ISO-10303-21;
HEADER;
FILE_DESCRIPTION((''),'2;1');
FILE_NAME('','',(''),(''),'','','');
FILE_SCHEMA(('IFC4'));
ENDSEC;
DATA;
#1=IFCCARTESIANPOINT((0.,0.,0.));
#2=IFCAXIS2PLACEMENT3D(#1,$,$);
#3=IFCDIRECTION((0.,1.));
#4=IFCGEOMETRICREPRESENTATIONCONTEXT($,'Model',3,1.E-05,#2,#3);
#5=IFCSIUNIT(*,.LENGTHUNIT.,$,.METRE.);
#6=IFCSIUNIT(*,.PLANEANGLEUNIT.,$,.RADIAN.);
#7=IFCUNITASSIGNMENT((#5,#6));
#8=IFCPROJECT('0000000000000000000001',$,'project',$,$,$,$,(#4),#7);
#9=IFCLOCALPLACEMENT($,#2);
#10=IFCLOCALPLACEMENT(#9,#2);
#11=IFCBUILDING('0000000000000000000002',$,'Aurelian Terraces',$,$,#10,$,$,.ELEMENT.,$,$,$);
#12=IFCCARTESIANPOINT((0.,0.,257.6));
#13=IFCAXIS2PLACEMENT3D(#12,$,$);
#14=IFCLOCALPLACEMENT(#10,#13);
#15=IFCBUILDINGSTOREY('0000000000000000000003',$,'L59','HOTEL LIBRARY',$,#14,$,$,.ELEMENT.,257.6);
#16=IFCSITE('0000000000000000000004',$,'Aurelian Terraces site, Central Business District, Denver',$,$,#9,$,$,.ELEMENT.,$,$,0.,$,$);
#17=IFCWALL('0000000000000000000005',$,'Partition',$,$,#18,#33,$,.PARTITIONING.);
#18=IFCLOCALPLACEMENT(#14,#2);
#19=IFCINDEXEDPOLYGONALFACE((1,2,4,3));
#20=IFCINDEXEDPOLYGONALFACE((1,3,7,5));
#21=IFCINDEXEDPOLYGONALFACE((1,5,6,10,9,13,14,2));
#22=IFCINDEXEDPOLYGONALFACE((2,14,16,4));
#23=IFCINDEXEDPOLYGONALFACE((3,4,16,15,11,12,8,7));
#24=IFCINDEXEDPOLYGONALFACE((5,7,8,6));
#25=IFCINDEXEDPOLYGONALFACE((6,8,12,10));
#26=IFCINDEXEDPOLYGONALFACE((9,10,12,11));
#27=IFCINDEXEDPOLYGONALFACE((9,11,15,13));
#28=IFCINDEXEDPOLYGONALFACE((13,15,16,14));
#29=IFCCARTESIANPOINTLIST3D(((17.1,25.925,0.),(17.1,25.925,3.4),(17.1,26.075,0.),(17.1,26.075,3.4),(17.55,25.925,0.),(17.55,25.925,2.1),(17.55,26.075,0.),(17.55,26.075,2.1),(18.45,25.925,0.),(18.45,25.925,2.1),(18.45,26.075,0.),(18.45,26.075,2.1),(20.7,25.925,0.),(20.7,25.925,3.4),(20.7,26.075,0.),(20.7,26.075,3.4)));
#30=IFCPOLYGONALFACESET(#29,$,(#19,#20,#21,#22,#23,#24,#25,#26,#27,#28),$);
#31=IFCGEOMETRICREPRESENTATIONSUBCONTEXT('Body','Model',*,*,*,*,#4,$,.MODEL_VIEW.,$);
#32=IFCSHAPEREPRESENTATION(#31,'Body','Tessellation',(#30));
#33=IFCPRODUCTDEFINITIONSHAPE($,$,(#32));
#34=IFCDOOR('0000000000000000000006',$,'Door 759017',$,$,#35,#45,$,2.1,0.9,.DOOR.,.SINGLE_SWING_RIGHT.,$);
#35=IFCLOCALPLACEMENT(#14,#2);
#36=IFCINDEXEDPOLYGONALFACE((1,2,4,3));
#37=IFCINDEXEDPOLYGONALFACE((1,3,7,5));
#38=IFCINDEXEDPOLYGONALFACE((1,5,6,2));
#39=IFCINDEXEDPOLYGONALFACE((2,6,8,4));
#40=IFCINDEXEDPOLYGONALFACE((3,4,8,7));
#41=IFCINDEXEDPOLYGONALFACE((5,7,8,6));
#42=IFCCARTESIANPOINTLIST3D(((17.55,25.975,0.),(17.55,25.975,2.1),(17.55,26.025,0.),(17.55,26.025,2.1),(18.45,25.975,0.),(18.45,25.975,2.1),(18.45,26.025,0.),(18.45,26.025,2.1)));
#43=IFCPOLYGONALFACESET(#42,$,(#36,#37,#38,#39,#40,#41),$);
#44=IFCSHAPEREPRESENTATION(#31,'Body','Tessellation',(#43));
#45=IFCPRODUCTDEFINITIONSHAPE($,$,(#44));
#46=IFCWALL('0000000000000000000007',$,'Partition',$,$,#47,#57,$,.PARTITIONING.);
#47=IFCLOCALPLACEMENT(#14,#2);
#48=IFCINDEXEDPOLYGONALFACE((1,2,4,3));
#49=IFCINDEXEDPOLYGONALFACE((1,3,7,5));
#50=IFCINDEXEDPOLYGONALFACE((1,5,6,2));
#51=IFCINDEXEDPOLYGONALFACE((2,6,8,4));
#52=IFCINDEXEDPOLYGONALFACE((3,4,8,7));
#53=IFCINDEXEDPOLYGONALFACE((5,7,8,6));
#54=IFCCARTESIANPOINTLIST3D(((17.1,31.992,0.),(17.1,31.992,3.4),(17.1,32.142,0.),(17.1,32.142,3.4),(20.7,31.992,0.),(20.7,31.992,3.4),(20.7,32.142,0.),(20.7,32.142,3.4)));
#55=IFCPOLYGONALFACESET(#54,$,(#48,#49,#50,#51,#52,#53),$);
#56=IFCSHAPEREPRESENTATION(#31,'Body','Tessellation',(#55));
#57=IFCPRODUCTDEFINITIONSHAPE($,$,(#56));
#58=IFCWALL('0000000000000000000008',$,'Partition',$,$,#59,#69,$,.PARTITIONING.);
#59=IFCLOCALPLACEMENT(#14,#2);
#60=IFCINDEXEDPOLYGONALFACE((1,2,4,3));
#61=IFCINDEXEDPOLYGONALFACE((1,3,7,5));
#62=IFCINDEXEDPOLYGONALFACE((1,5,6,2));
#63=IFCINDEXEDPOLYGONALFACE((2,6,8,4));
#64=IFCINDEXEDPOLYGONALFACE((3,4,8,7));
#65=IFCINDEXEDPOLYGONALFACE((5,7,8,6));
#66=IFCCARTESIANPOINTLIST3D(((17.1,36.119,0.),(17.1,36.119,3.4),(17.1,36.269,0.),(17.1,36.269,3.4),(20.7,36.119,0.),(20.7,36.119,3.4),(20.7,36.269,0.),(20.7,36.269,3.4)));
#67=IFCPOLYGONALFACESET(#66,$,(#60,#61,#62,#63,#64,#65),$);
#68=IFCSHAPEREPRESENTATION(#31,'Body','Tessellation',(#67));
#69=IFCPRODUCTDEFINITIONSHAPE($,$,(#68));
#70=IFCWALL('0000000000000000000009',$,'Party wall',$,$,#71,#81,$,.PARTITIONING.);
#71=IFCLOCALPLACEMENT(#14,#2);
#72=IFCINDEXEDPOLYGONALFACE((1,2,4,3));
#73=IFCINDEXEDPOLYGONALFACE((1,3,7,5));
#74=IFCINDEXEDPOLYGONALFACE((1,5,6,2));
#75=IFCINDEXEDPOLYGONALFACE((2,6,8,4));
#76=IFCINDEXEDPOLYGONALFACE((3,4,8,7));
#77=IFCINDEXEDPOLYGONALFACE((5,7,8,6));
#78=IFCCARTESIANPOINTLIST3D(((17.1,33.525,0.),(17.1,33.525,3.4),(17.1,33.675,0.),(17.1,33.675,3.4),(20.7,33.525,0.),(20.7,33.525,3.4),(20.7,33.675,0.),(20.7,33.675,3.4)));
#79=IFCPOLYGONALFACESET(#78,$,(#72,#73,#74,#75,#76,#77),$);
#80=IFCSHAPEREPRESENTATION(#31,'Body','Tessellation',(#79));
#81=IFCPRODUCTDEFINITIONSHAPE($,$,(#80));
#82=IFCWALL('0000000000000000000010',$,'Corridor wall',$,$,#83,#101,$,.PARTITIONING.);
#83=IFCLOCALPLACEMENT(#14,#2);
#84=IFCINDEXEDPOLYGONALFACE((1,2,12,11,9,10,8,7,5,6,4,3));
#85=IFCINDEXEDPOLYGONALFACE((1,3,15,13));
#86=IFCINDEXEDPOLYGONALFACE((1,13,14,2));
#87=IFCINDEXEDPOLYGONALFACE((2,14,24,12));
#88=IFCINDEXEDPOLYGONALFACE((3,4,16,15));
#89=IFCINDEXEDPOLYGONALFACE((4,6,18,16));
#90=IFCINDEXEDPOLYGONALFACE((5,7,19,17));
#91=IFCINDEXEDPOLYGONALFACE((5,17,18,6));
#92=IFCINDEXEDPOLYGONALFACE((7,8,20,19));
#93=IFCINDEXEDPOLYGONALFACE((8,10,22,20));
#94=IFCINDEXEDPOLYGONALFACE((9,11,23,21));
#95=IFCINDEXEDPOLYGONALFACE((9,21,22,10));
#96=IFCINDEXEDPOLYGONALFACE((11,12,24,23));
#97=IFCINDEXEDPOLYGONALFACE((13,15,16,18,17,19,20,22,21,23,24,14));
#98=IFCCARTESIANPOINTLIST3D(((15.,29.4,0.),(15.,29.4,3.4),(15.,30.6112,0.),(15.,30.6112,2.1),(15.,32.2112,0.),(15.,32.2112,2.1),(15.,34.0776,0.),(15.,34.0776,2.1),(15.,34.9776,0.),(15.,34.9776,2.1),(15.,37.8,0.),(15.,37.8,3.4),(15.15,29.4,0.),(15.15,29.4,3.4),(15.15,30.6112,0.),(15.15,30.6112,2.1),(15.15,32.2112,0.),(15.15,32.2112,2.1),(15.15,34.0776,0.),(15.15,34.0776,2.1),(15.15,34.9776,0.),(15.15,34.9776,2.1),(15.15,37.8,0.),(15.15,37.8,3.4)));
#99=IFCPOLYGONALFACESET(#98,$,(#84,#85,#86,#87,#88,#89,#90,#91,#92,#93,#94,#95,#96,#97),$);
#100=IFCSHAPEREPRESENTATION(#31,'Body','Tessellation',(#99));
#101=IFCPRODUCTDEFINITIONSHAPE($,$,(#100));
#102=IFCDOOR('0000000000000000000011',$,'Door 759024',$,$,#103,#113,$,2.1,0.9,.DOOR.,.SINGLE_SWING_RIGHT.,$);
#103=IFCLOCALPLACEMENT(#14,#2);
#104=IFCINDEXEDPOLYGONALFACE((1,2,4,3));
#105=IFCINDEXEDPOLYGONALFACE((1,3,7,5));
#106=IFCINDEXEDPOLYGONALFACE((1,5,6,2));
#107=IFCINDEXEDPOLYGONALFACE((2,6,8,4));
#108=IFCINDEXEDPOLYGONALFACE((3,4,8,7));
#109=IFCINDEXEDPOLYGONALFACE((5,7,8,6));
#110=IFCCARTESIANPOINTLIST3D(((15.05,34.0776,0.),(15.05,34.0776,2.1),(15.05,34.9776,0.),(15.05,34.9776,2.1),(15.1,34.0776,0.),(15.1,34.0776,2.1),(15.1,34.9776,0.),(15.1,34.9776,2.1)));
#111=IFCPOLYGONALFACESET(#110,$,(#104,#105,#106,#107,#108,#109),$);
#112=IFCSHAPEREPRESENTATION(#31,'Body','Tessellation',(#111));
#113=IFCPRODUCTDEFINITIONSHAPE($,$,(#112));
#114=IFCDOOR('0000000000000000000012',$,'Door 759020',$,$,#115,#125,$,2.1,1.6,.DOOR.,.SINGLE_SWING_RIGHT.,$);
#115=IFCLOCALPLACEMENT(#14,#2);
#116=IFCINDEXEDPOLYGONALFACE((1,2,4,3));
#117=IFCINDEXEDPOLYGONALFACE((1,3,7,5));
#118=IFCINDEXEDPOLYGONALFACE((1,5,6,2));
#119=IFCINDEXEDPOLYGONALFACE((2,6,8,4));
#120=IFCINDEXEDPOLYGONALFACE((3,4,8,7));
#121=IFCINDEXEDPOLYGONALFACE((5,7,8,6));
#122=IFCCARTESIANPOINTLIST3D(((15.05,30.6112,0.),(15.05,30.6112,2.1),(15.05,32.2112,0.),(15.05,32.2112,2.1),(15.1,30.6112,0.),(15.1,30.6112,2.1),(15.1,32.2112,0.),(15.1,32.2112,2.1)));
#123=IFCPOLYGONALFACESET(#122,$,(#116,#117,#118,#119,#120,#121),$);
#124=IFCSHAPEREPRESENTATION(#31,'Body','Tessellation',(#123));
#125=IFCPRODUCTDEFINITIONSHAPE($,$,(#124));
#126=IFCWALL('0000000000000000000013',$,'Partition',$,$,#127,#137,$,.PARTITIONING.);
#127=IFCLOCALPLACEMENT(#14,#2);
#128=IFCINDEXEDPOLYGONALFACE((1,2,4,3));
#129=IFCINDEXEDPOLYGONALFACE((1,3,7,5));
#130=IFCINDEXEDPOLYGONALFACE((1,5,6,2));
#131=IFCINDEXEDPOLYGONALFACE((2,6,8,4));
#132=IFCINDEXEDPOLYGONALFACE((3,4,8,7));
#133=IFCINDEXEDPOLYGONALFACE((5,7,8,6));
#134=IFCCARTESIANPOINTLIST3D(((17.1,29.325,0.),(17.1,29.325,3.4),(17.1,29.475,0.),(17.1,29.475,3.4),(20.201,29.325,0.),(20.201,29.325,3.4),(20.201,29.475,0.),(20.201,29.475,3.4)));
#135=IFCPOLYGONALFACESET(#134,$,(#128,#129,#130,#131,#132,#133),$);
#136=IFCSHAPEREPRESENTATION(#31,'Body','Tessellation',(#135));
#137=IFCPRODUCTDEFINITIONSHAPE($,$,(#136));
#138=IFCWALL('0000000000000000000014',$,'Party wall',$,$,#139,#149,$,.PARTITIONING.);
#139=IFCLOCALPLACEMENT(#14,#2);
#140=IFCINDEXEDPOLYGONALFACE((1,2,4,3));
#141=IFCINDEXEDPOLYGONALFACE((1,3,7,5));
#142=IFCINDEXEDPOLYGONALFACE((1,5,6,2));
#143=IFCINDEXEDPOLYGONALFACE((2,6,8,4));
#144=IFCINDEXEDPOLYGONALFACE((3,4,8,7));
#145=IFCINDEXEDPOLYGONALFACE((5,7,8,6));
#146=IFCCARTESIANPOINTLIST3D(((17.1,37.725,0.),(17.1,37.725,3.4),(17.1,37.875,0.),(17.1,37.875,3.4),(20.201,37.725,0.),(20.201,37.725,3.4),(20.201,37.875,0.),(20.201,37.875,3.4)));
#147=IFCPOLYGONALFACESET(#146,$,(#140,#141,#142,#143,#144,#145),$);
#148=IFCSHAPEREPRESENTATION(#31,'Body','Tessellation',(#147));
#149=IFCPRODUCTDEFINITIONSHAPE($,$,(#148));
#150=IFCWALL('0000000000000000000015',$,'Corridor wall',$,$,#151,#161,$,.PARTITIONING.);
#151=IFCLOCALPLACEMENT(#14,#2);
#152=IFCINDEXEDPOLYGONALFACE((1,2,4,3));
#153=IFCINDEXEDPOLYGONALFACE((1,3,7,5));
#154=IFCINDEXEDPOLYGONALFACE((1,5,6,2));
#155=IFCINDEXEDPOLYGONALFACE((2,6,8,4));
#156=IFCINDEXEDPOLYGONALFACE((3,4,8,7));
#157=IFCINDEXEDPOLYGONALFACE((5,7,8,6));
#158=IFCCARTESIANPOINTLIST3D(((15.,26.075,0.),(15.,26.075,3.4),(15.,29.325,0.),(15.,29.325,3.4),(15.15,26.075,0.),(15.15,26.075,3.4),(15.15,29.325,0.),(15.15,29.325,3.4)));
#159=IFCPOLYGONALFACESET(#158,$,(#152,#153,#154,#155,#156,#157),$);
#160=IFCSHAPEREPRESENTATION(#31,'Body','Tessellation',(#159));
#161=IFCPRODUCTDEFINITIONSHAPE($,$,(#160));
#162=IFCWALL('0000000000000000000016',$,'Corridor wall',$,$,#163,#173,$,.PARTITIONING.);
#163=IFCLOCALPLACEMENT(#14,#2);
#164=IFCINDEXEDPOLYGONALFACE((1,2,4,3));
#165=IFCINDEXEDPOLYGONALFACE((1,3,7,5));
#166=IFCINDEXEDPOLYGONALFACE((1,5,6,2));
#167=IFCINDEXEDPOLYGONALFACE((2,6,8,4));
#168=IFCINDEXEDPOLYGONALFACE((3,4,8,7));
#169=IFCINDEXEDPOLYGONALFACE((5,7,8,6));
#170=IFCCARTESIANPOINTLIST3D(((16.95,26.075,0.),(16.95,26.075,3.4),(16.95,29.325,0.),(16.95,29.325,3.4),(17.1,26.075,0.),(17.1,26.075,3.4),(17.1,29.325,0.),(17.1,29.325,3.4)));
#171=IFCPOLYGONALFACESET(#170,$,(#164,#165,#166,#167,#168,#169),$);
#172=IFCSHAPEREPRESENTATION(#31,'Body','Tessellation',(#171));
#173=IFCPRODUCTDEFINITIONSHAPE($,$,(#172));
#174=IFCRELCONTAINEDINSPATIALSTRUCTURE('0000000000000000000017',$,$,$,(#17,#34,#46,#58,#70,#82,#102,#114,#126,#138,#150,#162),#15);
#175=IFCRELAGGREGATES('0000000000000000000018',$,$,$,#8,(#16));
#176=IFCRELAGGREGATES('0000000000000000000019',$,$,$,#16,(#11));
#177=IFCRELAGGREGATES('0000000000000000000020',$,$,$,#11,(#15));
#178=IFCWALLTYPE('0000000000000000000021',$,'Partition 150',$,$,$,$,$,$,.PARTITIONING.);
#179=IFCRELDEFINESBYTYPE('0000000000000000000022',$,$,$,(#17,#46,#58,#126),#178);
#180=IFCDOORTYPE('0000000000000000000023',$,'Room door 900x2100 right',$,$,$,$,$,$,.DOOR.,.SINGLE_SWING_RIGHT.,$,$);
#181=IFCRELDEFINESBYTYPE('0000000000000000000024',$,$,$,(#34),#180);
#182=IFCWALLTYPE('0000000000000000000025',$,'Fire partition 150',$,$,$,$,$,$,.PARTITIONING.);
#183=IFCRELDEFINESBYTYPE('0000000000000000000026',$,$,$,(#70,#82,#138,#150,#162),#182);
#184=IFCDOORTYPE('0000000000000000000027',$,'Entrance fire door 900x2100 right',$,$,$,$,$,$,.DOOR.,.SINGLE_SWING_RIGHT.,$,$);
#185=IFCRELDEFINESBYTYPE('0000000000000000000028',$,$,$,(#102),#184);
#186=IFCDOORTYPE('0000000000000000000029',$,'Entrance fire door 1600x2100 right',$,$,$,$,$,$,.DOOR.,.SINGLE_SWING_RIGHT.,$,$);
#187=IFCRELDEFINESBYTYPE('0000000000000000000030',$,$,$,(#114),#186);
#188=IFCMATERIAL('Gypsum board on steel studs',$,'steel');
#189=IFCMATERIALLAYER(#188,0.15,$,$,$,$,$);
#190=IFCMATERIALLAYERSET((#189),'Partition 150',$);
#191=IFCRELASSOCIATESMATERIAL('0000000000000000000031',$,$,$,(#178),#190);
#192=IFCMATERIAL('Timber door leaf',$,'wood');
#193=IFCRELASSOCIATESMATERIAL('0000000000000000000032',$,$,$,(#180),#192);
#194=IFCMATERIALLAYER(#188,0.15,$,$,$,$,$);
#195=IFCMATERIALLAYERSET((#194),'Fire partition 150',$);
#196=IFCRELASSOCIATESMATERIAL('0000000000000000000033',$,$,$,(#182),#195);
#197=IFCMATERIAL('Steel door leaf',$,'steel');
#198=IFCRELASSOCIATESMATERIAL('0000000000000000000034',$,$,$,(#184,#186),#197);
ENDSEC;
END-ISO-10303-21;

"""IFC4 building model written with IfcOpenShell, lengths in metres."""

from ifc_helpers import new_model, si_unit, direction, frame, frame_2d, origin, place, context, subcontext, project, spatial, rectangle, extrude, source, transform, mapped, material, layer, layer_set, type_object, element, fill, save


model = new_model("IFC4")

# Units and contexts
model_context = context("Model", 3, precision=1e-05, world=origin(), true_north=direction((0.0, 1.0)))
body_context = subcontext(model_context, "Body", "Model", "MODEL_VIEW")
ifc_project = project(units=[si_unit("LENGTHUNIT", "METRE"), si_unit("PLANEANGLEUNIT", "RADIAN")], contexts=[model_context])

# Site, building, storey
site_placement = place(None, origin())
site = spatial("IfcSite", under=ifc_project, at=site_placement, Name="Aurelian Terraces site, Central Business District, Denver", CompositionType="ELEMENT", RefElevation=0.0)
building_placement = place(site_placement, origin())
building = spatial("IfcBuilding", under=site, at=building_placement, Name="Aurelian Terraces", CompositionType="ELEMENT")
storey_placement = place(building_placement, frame((0.0, 0.0, 257.6)))
storey = spatial("IfcBuildingStorey", under=building, at=storey_placement, Name="L59", Description="HOTEL LIBRARY", CompositionType="ELEMENT", Elevation=257.6)

# Shared definitions
ifc_material_1 = material(Name="Timber door leaf", Category="wood")

# Wall, opening, door
ifc_material_2 = material(Name="Gypsum board on steel studs", Category="steel")
ifc_layer_1 = layer(ifc_material_2, 0.15)
ifc_layer_set_1 = layer_set([ifc_layer_1], Name="Partition 150")
wall_type_1 = type_object("IfcWallType", Name="Partition 150", PredefinedType="PARTITIONING", material=ifc_layer_set_1)
shared_shape_1 = source(origin(), body_context, "Body", "SweptSolid", [
    extrude(rectangle(XDim=3.6, YDim=0.15, at=frame_2d((1.8, 0.0))), origin(), (0.0, 0.0, 1.0), 3.4),
])
wall_1_placement = place(storey_placement, frame((17.1, 26.0, 0.0), z_axis=(0.0, 0.0, 1.0), x_axis=(1.0, 0.0, 0.0)))
wall_1 = element("IfcWall", 1, at=wall_1_placement, inside=storey, type_object=wall_type_1, Name="Partition", PredefinedType="PARTITIONING", context=body_context, shape_type="MappedRepresentation", body=[
    mapped(shared_shape_1, transform((0.0, 0.0, 0.0), scale=1.0)),
])
shared_shape_2 = source(origin(), body_context, "Body", "SweptSolid", [
    extrude(rectangle(XDim=0.9, YDim=2.1, at=frame_2d((0.45, 1.05))), frame((0.0, 0.085, 0.0), z_axis=(0.0, -1.0, 0.0), x_axis=(1.0, 0.0, 0.0)), (0.0, 0.0, 1.0), 0.17),
])
opening_1_placement = place(wall_1_placement, frame((0.45, 0.0, 0.0)))
opening_1 = element("IfcOpeningElement", 2, at=opening_1_placement, cuts=wall_1, PredefinedType="OPENING", context=body_context, shape_type="MappedRepresentation", body=[
    mapped(shared_shape_2, transform((0.0, 0.0, 0.0), scale=1.0)),
])
door_type_1 = type_object("IfcDoorType", Name="Room door 900x2100 right", OperationType="SINGLE_SWING_RIGHT", PredefinedType="DOOR", material=ifc_material_1)
shared_shape_3 = source(origin(), body_context, "Body", "SweptSolid", [
    extrude(rectangle(XDim=0.9, YDim=2.1, at=frame_2d((0.45, 1.05))), frame((0.0, 0.025, 0.0), z_axis=(0.0, -1.0, 0.0), x_axis=(1.0, 0.0, 0.0)), (0.0, 0.0, 1.0), 0.05),
])
door_1_placement = place(opening_1_placement, origin())
door_1 = element("IfcDoor", 3, at=door_1_placement, inside=storey, type_object=door_type_1, Name="Door 759017", OperationType="SINGLE_SWING_RIGHT", OverallHeight=2.1, OverallWidth=0.9, PredefinedType="DOOR", context=body_context, shape_type="MappedRepresentation", body=[
    mapped(shared_shape_3, transform((0.0, 0.0, 0.0), scale=1.0)),
])
fill(opening_1, door_1)

# Walls
for number, where, z_axis, x_axis, name in (
    (4, (17.1, 32.067, 0.0), (0.0, 0.0, 1.0), (1.0, 0.0, 0.0), "Partition"),
    (5, (17.1, 36.194, 0.0), (0.0, 0.0, 1.0), (1.0, 0.0, 0.0), "Partition"),
):
    element("IfcWall", number, at=place(storey_placement, frame(where, z_axis=z_axis, x_axis=x_axis)), inside=storey, type_object=wall_type_1, Name=name, PredefinedType="PARTITIONING", context=body_context, shape_type="MappedRepresentation", body=[
        mapped(shared_shape_1, transform((0.0, 0.0, 0.0), scale=1.0)),
    ])
ifc_layer_2 = layer(ifc_material_2, 0.15)
ifc_layer_set_2 = layer_set([ifc_layer_2], Name="Fire partition 150")
wall_type_2 = type_object("IfcWallType", Name="Fire partition 150", PredefinedType="PARTITIONING", material=ifc_layer_set_2)
wall_2_placement = place(storey_placement, frame((20.7, 33.6, 0.0), z_axis=(0.0, 0.0, 1.0), x_axis=(-1.0, 0.0, 0.0)))
element("IfcWall", 6, at=wall_2_placement, inside=storey, type_object=wall_type_2, Name="Party wall", PredefinedType="PARTITIONING", context=body_context, shape_type="MappedRepresentation", body=[
    mapped(shared_shape_1, transform((0.0, 0.0, 0.0), scale=1.0)),
])

# Wall, openings, doors
shared_shape_4 = source(origin(), body_context, "Body", "SweptSolid", [
    extrude(rectangle(XDim=8.4, YDim=0.15, at=frame_2d((4.2, 0.0))), origin(), (0.0, 0.0, 1.0), 3.4),
])
wall_3_placement = place(storey_placement, frame((15.075, 29.4, 0.0), z_axis=(0.0, 0.0, 1.0), x_axis=(0.0, 1.0, 0.0)))
wall_3 = element("IfcWall", 7, at=wall_3_placement, inside=storey, type_object=wall_type_2, Name="Corridor wall", PredefinedType="PARTITIONING", context=body_context, shape_type="MappedRepresentation", body=[
    mapped(shared_shape_4, transform((0.0, 0.0, 0.0), scale=1.0)),
])
shared_shape_5 = source(origin(), body_context, "Body", "SweptSolid", [
    extrude(rectangle(XDim=1.6, YDim=2.1, at=frame_2d((0.8, 1.05))), frame((0.0, 0.085, 0.0), z_axis=(0.0, -1.0, 0.0), x_axis=(1.0, 0.0, 0.0)), (0.0, 0.0, 1.0), 0.17),
])
opening_2_placement = place(wall_3_placement, frame((1.2112, 0.0, 0.0)))
opening_2 = element("IfcOpeningElement", 8, at=opening_2_placement, cuts=wall_3, PredefinedType="OPENING", context=body_context, shape_type="MappedRepresentation", body=[
    mapped(shared_shape_5, transform((0.0, 0.0, 0.0), scale=1.0)),
])
opening_3_placement = place(wall_3_placement, frame((4.6776, 0.0, 0.0)))
opening_3 = element("IfcOpeningElement", 9, at=opening_3_placement, cuts=wall_3, PredefinedType="OPENING", context=body_context, shape_type="MappedRepresentation", body=[
    mapped(shared_shape_2, transform((0.0, 0.0, 0.0), scale=1.0)),
])
ifc_material_3 = material(Name="Steel door leaf", Category="steel")
door_type_2 = type_object("IfcDoorType", Name="Entrance fire door 900x2100 right", OperationType="SINGLE_SWING_RIGHT", PredefinedType="DOOR", material=ifc_material_3)
door_2_placement = place(opening_3_placement, origin())
door_2 = element("IfcDoor", 10, at=door_2_placement, inside=storey, type_object=door_type_2, Name="Door 759024", OperationType="SINGLE_SWING_RIGHT", OverallHeight=2.1, OverallWidth=0.9, PredefinedType="DOOR", context=body_context, shape_type="MappedRepresentation", body=[
    mapped(shared_shape_3, transform((0.0, 0.0, 0.0), scale=1.0)),
])
fill(opening_3, door_2)
door_type_3 = type_object("IfcDoorType", Name="Entrance fire door 1600x2100 right", OperationType="SINGLE_SWING_RIGHT", PredefinedType="DOOR", material=ifc_material_3)
shared_shape_6 = source(origin(), body_context, "Body", "SweptSolid", [
    extrude(rectangle(XDim=1.6, YDim=2.1, at=frame_2d((0.8, 1.05))), frame((0.0, 0.025, 0.0), z_axis=(0.0, -1.0, 0.0), x_axis=(1.0, 0.0, 0.0)), (0.0, 0.0, 1.0), 0.05),
])
door_3_placement = place(opening_2_placement, origin())
door_3 = element("IfcDoor", 11, at=door_3_placement, inside=storey, type_object=door_type_3, Name="Door 759020", OperationType="SINGLE_SWING_RIGHT", OverallHeight=2.1, OverallWidth=1.6, PredefinedType="DOOR", context=body_context, shape_type="MappedRepresentation", body=[
    mapped(shared_shape_6, transform((0.0, 0.0, 0.0), scale=1.0)),
])
fill(opening_2, door_3)

# Walls
shared_shape_7 = source(origin(), body_context, "Body", "SweptSolid", [
    extrude(rectangle(XDim=3.101, YDim=0.15, at=frame_2d((1.5505, 0.0))), origin(), (0.0, 0.0, 1.0), 3.4),
])
wall_4_placement = place(storey_placement, frame((20.201, 29.4, 0.0), z_axis=(0.0, 0.0, 1.0), x_axis=(-1.0, 0.0, 0.0)))
element("IfcWall", 12, at=wall_4_placement, inside=storey, type_object=wall_type_1, Name="Partition", PredefinedType="PARTITIONING", context=body_context, shape_type="MappedRepresentation", body=[
    mapped(shared_shape_7, transform((0.0, 0.0, 0.0), scale=1.0)),
])
wall_5_placement = place(storey_placement, frame((20.201, 37.8, 0.0), z_axis=(0.0, 0.0, 1.0), x_axis=(-1.0, 0.0, 0.0)))
element("IfcWall", 13, at=wall_5_placement, inside=storey, type_object=wall_type_2, Name="Party wall", PredefinedType="PARTITIONING", context=body_context, shape_type="MappedRepresentation", body=[
    mapped(shared_shape_7, transform((0.0, 0.0, 0.0), scale=1.0)),
])
shared_shape_8 = source(origin(), body_context, "Body", "SweptSolid", [
    extrude(rectangle(XDim=3.25, YDim=0.15, at=frame_2d((1.625, 0.0))), origin(), (0.0, 0.0, 1.0), 3.4),
])
for number, where, z_axis, x_axis, name in (
    (14, (15.075, 26.075, 0.0), (0.0, 0.0, 1.0), (0.0, 1.0, 0.0), "Corridor wall"),
    (15, (17.025, 29.325, 0.0), (0.0, 0.0, 1.0), (0.0, -1.0, 0.0), "Corridor wall"),
):
    element("IfcWall", number, at=place(storey_placement, frame(where, z_axis=z_axis, x_axis=x_axis)), inside=storey, type_object=wall_type_2, Name=name, PredefinedType="PARTITIONING", context=body_context, shape_type="MappedRepresentation", body=[
        mapped(shared_shape_8, transform((0.0, 0.0, 0.0), scale=1.0)),
    ])

save(model, "model.ifc")
